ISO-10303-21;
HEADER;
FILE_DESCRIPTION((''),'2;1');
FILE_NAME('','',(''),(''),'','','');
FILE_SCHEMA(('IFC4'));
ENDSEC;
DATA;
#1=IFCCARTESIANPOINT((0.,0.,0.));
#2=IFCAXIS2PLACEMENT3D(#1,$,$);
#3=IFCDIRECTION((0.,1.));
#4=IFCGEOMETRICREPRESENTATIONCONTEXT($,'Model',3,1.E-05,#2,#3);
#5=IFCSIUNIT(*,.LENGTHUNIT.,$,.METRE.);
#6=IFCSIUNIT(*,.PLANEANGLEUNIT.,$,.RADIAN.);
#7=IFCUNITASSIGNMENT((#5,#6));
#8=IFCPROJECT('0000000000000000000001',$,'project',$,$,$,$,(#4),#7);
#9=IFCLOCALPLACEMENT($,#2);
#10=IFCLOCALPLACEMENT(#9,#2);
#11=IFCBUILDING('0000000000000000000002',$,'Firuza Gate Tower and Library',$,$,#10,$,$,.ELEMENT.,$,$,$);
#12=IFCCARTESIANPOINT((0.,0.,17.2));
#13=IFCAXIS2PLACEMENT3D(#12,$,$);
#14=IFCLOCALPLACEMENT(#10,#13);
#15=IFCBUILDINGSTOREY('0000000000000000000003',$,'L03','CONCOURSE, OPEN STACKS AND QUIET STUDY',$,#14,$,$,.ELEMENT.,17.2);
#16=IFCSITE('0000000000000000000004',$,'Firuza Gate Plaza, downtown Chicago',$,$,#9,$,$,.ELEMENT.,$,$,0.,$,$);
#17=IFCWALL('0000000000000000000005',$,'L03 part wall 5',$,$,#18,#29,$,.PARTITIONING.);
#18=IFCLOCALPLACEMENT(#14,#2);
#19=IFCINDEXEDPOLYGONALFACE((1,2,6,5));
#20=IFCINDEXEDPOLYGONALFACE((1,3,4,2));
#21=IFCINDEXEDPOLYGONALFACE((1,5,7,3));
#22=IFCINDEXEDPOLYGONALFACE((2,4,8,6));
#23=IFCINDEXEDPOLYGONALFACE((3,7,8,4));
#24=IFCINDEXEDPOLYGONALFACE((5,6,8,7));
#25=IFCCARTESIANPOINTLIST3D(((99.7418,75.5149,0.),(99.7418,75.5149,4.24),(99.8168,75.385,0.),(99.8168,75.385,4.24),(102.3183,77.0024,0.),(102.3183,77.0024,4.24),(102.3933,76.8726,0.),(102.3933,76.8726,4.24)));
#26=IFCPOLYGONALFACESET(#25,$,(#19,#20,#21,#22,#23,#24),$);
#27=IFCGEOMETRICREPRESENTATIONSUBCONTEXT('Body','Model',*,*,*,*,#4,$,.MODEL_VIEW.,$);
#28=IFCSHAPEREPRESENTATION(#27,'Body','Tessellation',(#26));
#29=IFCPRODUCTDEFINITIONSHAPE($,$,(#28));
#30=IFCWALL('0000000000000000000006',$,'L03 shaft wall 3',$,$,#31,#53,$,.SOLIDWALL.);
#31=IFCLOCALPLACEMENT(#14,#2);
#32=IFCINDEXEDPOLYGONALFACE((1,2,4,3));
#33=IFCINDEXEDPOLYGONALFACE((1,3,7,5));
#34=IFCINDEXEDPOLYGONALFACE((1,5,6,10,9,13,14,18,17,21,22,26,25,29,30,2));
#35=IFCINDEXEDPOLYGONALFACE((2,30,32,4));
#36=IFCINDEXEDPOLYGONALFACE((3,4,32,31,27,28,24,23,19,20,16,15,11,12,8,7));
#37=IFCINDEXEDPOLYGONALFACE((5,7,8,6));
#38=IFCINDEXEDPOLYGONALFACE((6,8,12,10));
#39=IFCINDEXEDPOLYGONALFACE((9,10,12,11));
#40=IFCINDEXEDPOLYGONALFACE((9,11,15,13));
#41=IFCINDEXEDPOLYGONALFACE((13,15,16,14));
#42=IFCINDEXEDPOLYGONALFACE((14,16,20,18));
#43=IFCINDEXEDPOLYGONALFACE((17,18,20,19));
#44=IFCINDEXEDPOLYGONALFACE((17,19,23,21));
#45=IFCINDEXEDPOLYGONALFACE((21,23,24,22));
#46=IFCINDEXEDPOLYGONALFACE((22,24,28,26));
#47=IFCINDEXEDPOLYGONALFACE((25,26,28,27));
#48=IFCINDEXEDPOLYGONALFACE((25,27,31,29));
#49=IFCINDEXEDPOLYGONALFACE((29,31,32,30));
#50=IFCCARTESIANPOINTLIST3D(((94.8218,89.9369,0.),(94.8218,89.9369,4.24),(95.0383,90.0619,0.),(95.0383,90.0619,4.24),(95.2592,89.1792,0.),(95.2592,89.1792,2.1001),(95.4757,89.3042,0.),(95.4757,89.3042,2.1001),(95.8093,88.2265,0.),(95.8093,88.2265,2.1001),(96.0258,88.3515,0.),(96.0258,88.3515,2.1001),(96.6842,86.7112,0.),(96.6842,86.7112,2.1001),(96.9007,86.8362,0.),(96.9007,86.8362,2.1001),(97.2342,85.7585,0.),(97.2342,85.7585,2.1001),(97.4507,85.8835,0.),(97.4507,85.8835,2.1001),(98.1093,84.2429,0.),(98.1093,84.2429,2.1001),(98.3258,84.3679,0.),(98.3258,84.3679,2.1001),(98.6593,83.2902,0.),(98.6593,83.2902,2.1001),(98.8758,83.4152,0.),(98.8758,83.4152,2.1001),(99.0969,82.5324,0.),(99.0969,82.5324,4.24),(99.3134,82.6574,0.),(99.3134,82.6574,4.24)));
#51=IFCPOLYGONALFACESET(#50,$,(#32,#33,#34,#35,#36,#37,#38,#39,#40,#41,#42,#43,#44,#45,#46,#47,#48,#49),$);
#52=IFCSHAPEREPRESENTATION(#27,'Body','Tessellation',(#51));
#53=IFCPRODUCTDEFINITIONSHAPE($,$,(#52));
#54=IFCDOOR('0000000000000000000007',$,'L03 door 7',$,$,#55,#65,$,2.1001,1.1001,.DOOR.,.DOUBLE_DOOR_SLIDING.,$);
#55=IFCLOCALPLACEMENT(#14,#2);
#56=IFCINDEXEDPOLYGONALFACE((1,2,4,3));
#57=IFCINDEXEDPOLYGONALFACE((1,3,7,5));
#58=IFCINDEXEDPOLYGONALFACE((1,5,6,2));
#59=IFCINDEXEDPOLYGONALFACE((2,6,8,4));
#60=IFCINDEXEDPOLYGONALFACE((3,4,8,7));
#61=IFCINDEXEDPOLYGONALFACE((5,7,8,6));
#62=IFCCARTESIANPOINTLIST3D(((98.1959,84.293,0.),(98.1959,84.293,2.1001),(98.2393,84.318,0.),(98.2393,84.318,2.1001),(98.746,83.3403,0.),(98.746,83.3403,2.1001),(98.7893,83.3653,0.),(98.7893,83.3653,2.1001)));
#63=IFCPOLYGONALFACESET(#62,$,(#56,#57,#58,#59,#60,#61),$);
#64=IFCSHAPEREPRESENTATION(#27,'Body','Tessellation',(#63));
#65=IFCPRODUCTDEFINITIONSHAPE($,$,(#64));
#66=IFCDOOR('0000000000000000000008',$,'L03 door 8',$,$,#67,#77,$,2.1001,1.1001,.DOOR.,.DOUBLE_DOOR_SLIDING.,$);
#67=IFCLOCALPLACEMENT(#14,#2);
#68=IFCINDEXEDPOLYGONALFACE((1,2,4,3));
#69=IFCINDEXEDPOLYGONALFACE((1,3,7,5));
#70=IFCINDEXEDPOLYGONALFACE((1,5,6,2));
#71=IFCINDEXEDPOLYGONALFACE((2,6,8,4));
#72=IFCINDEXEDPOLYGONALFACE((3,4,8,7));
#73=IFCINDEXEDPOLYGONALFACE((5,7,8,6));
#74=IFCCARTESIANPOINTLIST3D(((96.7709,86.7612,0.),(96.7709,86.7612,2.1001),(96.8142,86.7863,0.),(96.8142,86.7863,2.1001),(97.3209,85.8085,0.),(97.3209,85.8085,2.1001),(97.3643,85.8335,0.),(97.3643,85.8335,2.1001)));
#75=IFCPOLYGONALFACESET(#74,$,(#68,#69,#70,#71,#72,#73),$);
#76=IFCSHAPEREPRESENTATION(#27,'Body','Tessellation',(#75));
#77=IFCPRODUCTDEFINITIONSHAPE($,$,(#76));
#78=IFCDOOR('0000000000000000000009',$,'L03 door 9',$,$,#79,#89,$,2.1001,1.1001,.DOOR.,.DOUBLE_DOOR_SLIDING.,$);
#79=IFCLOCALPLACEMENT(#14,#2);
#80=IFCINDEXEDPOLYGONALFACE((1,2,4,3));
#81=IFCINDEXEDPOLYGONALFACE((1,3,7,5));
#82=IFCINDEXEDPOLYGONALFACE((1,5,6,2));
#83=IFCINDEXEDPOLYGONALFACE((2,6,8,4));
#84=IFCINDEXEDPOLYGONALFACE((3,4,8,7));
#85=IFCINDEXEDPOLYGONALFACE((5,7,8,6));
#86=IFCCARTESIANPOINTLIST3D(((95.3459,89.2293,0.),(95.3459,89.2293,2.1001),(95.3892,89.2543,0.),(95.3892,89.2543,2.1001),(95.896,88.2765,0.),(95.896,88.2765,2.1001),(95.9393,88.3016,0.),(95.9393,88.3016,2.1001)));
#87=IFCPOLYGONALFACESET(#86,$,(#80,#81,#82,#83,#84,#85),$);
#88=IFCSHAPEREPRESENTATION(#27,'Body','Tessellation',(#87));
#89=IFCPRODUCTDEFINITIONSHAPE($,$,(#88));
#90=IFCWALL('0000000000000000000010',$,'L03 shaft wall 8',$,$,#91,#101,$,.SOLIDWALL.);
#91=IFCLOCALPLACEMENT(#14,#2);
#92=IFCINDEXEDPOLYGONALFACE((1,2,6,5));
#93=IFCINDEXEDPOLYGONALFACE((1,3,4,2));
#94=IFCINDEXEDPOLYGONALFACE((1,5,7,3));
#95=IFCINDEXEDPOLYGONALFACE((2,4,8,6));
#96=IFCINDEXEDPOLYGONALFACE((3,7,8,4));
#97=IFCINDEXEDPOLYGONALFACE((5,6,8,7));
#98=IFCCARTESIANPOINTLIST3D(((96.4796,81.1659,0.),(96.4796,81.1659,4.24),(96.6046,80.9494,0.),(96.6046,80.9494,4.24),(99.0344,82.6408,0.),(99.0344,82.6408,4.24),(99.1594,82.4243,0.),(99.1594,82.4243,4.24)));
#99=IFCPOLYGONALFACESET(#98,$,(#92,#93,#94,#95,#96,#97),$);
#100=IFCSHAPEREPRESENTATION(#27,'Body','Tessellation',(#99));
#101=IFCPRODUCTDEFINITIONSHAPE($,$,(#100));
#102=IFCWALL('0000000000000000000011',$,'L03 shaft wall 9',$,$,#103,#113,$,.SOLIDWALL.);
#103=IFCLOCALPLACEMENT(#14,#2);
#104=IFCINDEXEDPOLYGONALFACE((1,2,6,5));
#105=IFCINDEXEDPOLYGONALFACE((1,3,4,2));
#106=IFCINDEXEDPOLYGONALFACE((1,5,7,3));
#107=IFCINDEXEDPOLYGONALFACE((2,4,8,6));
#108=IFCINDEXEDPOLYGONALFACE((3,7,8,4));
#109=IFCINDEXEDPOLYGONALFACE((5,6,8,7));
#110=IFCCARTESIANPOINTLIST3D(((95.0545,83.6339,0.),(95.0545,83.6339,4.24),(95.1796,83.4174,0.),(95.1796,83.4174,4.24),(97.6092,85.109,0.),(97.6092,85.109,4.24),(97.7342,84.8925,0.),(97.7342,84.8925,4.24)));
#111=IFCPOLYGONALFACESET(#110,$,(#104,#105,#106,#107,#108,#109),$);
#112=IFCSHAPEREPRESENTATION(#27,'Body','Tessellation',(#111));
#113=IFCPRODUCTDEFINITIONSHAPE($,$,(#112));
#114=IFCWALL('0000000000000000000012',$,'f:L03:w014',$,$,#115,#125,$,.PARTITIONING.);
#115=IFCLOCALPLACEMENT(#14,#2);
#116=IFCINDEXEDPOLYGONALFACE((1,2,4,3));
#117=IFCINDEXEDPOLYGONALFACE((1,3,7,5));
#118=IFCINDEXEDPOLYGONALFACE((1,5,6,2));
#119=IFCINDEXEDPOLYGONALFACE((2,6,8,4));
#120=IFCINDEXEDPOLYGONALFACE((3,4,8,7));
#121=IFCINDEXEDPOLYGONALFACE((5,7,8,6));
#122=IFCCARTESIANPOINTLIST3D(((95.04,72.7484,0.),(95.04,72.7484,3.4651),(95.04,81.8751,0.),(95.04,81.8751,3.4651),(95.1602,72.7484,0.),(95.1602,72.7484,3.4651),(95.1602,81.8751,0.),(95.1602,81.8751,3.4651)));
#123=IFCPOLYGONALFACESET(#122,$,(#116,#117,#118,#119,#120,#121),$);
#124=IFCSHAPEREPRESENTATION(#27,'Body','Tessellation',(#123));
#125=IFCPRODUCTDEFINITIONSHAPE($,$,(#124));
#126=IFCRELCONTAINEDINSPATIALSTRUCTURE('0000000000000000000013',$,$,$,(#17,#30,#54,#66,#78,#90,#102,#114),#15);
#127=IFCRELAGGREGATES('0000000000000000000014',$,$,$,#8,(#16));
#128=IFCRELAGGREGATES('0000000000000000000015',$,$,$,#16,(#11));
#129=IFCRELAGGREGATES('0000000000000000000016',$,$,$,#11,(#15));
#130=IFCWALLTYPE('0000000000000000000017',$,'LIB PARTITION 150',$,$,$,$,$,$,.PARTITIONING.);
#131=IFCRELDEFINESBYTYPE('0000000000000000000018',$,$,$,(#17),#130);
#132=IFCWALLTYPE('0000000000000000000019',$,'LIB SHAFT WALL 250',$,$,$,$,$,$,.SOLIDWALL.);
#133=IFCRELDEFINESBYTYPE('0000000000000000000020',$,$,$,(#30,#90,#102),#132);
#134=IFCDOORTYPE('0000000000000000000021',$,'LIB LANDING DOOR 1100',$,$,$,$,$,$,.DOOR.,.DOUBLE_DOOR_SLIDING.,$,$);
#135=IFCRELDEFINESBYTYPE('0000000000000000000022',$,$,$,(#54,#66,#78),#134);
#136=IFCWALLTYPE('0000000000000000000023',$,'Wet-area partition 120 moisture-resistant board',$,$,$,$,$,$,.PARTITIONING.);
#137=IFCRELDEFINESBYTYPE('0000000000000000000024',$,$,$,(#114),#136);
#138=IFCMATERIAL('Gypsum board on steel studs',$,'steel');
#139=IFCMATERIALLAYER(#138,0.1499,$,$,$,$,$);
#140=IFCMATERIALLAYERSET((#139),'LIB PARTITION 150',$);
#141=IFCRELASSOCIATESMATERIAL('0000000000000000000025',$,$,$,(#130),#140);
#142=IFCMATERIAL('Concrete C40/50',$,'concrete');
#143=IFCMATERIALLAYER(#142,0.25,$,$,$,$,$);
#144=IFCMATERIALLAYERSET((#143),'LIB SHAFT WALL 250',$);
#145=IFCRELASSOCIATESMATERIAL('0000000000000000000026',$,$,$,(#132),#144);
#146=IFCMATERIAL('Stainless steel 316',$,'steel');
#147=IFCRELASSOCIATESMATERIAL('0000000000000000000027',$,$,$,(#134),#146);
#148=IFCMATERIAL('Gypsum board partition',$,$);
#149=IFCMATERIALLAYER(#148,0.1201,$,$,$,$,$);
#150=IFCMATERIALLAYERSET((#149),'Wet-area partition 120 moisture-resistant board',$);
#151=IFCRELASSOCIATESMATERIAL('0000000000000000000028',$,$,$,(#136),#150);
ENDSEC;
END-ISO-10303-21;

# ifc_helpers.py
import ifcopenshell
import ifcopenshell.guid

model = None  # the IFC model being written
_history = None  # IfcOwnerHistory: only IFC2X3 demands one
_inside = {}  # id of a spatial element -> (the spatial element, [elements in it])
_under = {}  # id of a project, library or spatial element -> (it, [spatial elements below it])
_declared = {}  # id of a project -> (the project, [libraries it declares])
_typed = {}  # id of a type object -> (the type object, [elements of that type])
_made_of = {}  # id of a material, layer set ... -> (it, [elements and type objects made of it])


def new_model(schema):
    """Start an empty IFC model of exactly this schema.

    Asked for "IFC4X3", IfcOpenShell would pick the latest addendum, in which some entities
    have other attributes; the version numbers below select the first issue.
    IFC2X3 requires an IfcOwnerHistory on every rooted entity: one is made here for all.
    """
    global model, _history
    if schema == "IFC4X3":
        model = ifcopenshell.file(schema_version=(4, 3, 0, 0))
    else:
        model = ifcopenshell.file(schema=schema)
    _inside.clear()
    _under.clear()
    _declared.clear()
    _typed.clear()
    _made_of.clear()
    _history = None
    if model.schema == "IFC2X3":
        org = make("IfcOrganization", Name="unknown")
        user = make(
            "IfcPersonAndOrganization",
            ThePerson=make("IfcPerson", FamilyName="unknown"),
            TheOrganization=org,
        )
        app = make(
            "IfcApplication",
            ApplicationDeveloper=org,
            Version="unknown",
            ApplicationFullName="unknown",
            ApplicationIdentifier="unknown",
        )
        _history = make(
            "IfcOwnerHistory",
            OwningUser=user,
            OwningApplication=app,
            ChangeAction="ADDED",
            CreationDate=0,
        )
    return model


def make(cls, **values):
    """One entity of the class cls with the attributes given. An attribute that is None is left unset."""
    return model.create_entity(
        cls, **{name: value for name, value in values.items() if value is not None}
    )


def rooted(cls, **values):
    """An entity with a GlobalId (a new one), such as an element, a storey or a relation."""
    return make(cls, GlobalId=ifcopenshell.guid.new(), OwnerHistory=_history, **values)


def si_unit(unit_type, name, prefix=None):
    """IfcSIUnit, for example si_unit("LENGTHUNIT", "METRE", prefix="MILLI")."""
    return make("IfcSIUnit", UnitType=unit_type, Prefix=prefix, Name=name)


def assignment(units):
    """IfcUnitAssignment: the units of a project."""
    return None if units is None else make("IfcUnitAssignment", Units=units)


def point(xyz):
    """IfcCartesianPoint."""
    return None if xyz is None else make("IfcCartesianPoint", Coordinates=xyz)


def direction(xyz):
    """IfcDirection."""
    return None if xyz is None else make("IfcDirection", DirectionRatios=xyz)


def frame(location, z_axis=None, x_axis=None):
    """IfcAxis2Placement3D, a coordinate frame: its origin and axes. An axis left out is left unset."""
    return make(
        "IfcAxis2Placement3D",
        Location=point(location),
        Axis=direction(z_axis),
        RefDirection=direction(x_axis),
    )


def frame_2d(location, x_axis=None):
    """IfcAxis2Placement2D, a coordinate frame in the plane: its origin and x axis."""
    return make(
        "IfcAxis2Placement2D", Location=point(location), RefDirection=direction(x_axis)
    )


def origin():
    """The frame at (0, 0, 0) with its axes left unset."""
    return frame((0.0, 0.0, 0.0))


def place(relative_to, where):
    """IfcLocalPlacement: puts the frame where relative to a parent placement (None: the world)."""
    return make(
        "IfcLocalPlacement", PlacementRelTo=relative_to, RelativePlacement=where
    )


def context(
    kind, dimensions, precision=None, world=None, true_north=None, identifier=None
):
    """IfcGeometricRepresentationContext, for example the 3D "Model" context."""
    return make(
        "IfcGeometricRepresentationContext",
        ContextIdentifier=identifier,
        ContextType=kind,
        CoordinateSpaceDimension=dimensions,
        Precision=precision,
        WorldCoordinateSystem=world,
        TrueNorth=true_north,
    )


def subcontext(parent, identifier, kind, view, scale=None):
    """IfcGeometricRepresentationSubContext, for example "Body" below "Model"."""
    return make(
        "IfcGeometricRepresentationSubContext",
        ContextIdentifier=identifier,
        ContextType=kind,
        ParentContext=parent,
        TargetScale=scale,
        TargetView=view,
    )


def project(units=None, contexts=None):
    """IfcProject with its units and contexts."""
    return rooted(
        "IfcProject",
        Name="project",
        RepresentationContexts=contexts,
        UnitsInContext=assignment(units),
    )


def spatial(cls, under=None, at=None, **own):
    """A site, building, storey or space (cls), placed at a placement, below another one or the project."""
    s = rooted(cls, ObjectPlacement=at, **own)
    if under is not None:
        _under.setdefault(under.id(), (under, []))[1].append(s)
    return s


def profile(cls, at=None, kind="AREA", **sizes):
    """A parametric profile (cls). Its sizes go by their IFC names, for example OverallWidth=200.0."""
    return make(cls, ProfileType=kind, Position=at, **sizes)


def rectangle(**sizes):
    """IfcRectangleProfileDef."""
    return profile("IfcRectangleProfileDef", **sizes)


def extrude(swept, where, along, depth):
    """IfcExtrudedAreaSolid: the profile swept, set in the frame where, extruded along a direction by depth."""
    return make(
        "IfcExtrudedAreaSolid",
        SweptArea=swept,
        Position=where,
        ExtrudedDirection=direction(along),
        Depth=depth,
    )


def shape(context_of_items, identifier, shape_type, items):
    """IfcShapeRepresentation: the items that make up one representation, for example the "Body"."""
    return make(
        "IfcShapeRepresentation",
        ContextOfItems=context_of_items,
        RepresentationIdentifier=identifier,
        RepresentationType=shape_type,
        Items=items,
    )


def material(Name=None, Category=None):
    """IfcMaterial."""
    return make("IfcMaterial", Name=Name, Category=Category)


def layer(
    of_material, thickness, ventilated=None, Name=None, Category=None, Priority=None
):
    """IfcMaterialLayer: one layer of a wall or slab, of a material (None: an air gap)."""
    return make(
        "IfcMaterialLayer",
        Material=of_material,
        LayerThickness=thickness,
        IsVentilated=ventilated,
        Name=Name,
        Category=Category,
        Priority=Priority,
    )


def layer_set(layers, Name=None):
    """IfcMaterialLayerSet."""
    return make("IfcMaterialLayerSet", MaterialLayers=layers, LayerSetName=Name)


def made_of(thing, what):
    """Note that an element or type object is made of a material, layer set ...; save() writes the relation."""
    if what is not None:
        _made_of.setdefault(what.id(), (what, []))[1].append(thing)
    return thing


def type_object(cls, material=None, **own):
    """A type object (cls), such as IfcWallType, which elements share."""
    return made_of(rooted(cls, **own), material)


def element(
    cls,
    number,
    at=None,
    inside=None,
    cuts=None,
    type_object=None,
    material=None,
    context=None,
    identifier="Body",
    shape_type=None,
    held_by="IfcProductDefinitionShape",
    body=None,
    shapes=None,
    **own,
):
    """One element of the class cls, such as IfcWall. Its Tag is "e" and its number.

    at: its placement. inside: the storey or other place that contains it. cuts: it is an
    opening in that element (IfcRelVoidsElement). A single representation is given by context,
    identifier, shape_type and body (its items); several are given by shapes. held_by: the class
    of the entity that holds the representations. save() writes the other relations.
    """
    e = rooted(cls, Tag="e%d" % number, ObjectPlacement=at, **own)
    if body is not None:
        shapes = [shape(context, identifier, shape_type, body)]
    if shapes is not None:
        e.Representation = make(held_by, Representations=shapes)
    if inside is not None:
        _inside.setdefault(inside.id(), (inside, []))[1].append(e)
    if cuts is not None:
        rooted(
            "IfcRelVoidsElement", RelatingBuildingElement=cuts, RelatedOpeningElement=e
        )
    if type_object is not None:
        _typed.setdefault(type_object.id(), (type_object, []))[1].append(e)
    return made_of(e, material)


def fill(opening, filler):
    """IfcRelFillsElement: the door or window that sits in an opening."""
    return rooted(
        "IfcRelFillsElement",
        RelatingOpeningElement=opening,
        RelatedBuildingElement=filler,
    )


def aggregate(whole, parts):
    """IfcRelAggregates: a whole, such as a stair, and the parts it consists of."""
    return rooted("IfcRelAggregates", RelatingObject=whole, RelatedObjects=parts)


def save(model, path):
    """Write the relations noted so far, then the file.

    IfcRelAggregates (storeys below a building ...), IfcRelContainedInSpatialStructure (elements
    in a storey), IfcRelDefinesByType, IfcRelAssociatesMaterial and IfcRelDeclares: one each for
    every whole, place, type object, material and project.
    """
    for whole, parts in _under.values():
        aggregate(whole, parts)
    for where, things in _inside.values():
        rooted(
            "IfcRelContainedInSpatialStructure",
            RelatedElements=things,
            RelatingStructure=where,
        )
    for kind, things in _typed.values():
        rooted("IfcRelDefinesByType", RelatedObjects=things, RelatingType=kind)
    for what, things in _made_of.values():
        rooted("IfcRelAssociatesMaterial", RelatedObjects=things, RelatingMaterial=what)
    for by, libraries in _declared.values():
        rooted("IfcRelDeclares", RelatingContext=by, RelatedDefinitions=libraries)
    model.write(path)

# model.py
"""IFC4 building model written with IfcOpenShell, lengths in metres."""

from ifc_helpers import new_model, si_unit, direction, frame, frame_2d, origin, place, context, subcontext, project, spatial, rectangle, extrude, material, layer, layer_set, type_object, element, fill, save


model = new_model("IFC4")

# Units and contexts
model_context = context("Model", 3, precision=1e-05, world=origin(), true_north=direction((0.0, 1.0)))
body_context = subcontext(model_context, "Body", "Model", "MODEL_VIEW")
ifc_project = project(units=[si_unit("LENGTHUNIT", "METRE"), si_unit("PLANEANGLEUNIT", "RADIAN")], contexts=[model_context])

# Site, building, storey
site_placement = place(None, origin())
site = spatial("IfcSite", under=ifc_project, at=site_placement, Name="Firuza Gate Plaza, downtown Chicago", CompositionType="ELEMENT", RefElevation=0.0)
building_placement = place(site_placement, origin())
building = spatial("IfcBuilding", under=site, at=building_placement, Name="Firuza Gate Tower and Library", CompositionType="ELEMENT")
storey_placement = place(building_placement, frame((0.0, 0.0, 17.2)))
storey = spatial("IfcBuildingStorey", under=building, at=storey_placement, Name="L03", Description="CONCOURSE, OPEN STACKS AND QUIET STUDY", CompositionType="ELEMENT", Elevation=17.2)

# Wall
ifc_material_1 = material(Name="Gypsum board on steel studs", Category="steel")
ifc_layer_1 = layer(ifc_material_1, 0.1499)
ifc_layer_set_1 = layer_set([ifc_layer_1], Name="LIB PARTITION 150")
wall_type_1 = type_object("IfcWallType", Name="LIB PARTITION 150", PredefinedType="PARTITIONING", material=ifc_layer_set_1)
wall_1_placement = place(storey_placement, frame((99.7793, 75.45, 0.0), z_axis=(0.0, 0.0, 1.0), x_axis=(0.866017, 0.500014, 0.0)))
element("IfcWall", 1, at=wall_1_placement, inside=storey, type_object=wall_type_1, Name="L03 part wall 5", PredefinedType="PARTITIONING", context=body_context, shape_type="SweptSolid", body=[
    extrude(rectangle(XDim=2.9751, YDim=0.1499, at=frame_2d((1.4875, 0.0))), origin(), (0.0, 0.0, 1.0), 4.24),
])

# Wall, openings, doors
ifc_material_2 = material(Name="Concrete C40/50", Category="concrete")
ifc_layer_2 = layer(ifc_material_2, 0.25)
ifc_layer_set_2 = layer_set([ifc_layer_2], Name="LIB SHAFT WALL 250")
wall_type_2 = type_object("IfcWallType", Name="LIB SHAFT WALL 250", PredefinedType="SOLIDWALL", material=ifc_layer_set_2)
wall_2_placement = place(storey_placement, frame((99.2051, 82.595, 0.0), z_axis=(0.0, 0.0, 1.0), x_axis=(-0.500012, 0.866019, 0.0)))
wall_2 = element("IfcWall", 2, at=wall_2_placement, inside=storey, type_object=wall_type_2, Name="L03 shaft wall 3", PredefinedType="SOLIDWALL", context=body_context, shape_type="SweptSolid", body=[
    extrude(rectangle(XDim=8.55, YDim=0.25, at=frame_2d((4.2749, 0.0))), origin(), (0.0, 0.0, 1.0), 4.24),
])
opening_1_placement = place(wall_2_placement, frame((0.875, 0.0, 0.0)))
opening_1 = element("IfcOpeningElement", 3, at=opening_1_placement, cuts=wall_2, PredefinedType="OPENING", context=body_context, shape_type="SweptSolid", body=[
    extrude(rectangle(XDim=1.1001, YDim=2.1001, at=frame_2d((0.55, 1.05))), frame((0.0, 0.135, 0.0), z_axis=(0.0, -1.0, 0.0), x_axis=(1.0, 0.0, 0.0)), (0.0, 0.0, 1.0), 0.27),
])
opening_2_placement = place(wall_2_placement, frame((3.7251, 0.0, 0.0)))
opening_2 = element("IfcOpeningElement", 4, at=opening_2_placement, cuts=wall_2, PredefinedType="OPENING", context=body_context, shape_type="SweptSolid", body=[
    extrude(rectangle(XDim=1.1001, YDim=2.1001, at=frame_2d((0.55, 1.05))), frame((0.0, 0.135, 0.0), z_axis=(0.0, -1.0, 0.0), x_axis=(1.0, 0.0, 0.0)), (0.0, 0.0, 1.0), 0.27),
])
opening_3_placement = place(wall_2_placement, frame((6.575, 0.0, 0.0)))
opening_3 = element("IfcOpeningElement", 5, at=opening_3_placement, cuts=wall_2, PredefinedType="OPENING", context=body_context, shape_type="SweptSolid", body=[
    extrude(rectangle(XDim=1.1001, YDim=2.1001, at=frame_2d((0.55, 1.05))), frame((0.0, 0.135, 0.0), z_axis=(0.0, -1.0, 0.0), x_axis=(1.0, 0.0, 0.0)), (0.0, 0.0, 1.0), 0.27),
])
ifc_material_3 = material(Name="Stainless steel 316", Category="steel")
door_type = type_object("IfcDoorType", Name="LIB LANDING DOOR 1100", OperationType="DOUBLE_DOOR_SLIDING", PredefinedType="DOOR", material=ifc_material_3)
door_1_placement = place(opening_1_placement, origin())
door_1 = element("IfcDoor", 6, at=door_1_placement, inside=storey, type_object=door_type, Name="L03 door 7", OperationType="DOUBLE_DOOR_SLIDING", OverallHeight=2.1001, OverallWidth=1.1001, PredefinedType="DOOR", context=body_context, shape_type="SweptSolid", body=[
    extrude(rectangle(XDim=1.1001, YDim=2.1001, at=frame_2d((0.55, 1.05))), frame((0.0, 0.0249, 0.0), z_axis=(0.0, -1.0, 0.0), x_axis=(1.0, 0.0, 0.0)), (0.0, 0.0, 1.0), 0.05),
])
fill(opening_1, door_1)
door_2_placement = place(opening_2_placement, origin())
door_2 = element("IfcDoor", 7, at=door_2_placement, inside=storey, type_object=door_type, Name="L03 door 8", OperationType="DOUBLE_DOOR_SLIDING", OverallHeight=2.1001, OverallWidth=1.1001, PredefinedType="DOOR", context=body_context, shape_type="SweptSolid", body=[
    extrude(rectangle(XDim=1.1001, YDim=2.1001, at=frame_2d((0.55, 1.05))), frame((0.0, 0.0249, 0.0), z_axis=(0.0, -1.0, 0.0), x_axis=(1.0, 0.0, 0.0)), (0.0, 0.0, 1.0), 0.05),
])
fill(opening_2, door_2)
door_3_placement = place(opening_3_placement, origin())
door_3 = element("IfcDoor", 8, at=door_3_placement, inside=storey, type_object=door_type, Name="L03 door 9", OperationType="DOUBLE_DOOR_SLIDING", OverallHeight=2.1001, OverallWidth=1.1001, PredefinedType="DOOR", context=body_context, shape_type="SweptSolid", body=[
    extrude(rectangle(XDim=1.1001, YDim=2.1001, at=frame_2d((0.55, 1.05))), frame((0.0, 0.0249, 0.0), z_axis=(0.0, -1.0, 0.0), x_axis=(1.0, 0.0, 0.0)), (0.0, 0.0, 1.0), 0.05),
])
fill(opening_3, door_3)

# Walls
for number, where, z_axis, x_axis, name in (
    (9, (96.542, 81.0576, 0.0), (0.0, 0.0, 1.0), (0.866039, 0.499976, 0.0), "L03 shaft wall 8"),
    (10, (95.1169, 83.5256, 0.0), (0.0, 0.0, 1.0), (0.866004, 0.500038, 0.0), "L03 shaft wall 9"),
):
    element("IfcWall", number, at=place(storey_placement, frame(where, z_axis=z_axis, x_axis=x_axis)), inside=storey, type_object=wall_type_2, Name=name, PredefinedType="SOLIDWALL", context=body_context, shape_type="SweptSolid", body=[
        extrude(rectangle(XDim=2.95, YDim=0.25, at=frame_2d((1.4751, 0.0))), origin(), (0.0, 0.0, 1.0), 4.24),
    ])
ifc_material_4 = material(Name="Gypsum board partition")
ifc_layer_3 = layer(ifc_material_4, 0.1201)
ifc_layer_set_3 = layer_set([ifc_layer_3], Name="Wet-area partition 120 moisture-resistant board")
wall_type_3 = type_object("IfcWallType", Name="Wet-area partition 120 moisture-resistant board", PredefinedType="PARTITIONING", material=ifc_layer_set_3)
wall_3_placement = place(storey_placement, frame((95.1001, 72.7483, 0.0), z_axis=(0.0, 0.0, 1.0), x_axis=(0.0, 1.0, 0.0)))
element("IfcWall", 11, at=wall_3_placement, inside=storey, type_object=wall_type_3, Name="f:L03:w014", PredefinedType="PARTITIONING", context=body_context, shape_type="SweptSolid", body=[
    extrude(rectangle(XDim=9.1267, YDim=0.1201, at=frame_2d((4.5635, 0.0))), origin(), (0.0, 0.0, 1.0), 3.4651),
])

save(model, "model.ifc")
